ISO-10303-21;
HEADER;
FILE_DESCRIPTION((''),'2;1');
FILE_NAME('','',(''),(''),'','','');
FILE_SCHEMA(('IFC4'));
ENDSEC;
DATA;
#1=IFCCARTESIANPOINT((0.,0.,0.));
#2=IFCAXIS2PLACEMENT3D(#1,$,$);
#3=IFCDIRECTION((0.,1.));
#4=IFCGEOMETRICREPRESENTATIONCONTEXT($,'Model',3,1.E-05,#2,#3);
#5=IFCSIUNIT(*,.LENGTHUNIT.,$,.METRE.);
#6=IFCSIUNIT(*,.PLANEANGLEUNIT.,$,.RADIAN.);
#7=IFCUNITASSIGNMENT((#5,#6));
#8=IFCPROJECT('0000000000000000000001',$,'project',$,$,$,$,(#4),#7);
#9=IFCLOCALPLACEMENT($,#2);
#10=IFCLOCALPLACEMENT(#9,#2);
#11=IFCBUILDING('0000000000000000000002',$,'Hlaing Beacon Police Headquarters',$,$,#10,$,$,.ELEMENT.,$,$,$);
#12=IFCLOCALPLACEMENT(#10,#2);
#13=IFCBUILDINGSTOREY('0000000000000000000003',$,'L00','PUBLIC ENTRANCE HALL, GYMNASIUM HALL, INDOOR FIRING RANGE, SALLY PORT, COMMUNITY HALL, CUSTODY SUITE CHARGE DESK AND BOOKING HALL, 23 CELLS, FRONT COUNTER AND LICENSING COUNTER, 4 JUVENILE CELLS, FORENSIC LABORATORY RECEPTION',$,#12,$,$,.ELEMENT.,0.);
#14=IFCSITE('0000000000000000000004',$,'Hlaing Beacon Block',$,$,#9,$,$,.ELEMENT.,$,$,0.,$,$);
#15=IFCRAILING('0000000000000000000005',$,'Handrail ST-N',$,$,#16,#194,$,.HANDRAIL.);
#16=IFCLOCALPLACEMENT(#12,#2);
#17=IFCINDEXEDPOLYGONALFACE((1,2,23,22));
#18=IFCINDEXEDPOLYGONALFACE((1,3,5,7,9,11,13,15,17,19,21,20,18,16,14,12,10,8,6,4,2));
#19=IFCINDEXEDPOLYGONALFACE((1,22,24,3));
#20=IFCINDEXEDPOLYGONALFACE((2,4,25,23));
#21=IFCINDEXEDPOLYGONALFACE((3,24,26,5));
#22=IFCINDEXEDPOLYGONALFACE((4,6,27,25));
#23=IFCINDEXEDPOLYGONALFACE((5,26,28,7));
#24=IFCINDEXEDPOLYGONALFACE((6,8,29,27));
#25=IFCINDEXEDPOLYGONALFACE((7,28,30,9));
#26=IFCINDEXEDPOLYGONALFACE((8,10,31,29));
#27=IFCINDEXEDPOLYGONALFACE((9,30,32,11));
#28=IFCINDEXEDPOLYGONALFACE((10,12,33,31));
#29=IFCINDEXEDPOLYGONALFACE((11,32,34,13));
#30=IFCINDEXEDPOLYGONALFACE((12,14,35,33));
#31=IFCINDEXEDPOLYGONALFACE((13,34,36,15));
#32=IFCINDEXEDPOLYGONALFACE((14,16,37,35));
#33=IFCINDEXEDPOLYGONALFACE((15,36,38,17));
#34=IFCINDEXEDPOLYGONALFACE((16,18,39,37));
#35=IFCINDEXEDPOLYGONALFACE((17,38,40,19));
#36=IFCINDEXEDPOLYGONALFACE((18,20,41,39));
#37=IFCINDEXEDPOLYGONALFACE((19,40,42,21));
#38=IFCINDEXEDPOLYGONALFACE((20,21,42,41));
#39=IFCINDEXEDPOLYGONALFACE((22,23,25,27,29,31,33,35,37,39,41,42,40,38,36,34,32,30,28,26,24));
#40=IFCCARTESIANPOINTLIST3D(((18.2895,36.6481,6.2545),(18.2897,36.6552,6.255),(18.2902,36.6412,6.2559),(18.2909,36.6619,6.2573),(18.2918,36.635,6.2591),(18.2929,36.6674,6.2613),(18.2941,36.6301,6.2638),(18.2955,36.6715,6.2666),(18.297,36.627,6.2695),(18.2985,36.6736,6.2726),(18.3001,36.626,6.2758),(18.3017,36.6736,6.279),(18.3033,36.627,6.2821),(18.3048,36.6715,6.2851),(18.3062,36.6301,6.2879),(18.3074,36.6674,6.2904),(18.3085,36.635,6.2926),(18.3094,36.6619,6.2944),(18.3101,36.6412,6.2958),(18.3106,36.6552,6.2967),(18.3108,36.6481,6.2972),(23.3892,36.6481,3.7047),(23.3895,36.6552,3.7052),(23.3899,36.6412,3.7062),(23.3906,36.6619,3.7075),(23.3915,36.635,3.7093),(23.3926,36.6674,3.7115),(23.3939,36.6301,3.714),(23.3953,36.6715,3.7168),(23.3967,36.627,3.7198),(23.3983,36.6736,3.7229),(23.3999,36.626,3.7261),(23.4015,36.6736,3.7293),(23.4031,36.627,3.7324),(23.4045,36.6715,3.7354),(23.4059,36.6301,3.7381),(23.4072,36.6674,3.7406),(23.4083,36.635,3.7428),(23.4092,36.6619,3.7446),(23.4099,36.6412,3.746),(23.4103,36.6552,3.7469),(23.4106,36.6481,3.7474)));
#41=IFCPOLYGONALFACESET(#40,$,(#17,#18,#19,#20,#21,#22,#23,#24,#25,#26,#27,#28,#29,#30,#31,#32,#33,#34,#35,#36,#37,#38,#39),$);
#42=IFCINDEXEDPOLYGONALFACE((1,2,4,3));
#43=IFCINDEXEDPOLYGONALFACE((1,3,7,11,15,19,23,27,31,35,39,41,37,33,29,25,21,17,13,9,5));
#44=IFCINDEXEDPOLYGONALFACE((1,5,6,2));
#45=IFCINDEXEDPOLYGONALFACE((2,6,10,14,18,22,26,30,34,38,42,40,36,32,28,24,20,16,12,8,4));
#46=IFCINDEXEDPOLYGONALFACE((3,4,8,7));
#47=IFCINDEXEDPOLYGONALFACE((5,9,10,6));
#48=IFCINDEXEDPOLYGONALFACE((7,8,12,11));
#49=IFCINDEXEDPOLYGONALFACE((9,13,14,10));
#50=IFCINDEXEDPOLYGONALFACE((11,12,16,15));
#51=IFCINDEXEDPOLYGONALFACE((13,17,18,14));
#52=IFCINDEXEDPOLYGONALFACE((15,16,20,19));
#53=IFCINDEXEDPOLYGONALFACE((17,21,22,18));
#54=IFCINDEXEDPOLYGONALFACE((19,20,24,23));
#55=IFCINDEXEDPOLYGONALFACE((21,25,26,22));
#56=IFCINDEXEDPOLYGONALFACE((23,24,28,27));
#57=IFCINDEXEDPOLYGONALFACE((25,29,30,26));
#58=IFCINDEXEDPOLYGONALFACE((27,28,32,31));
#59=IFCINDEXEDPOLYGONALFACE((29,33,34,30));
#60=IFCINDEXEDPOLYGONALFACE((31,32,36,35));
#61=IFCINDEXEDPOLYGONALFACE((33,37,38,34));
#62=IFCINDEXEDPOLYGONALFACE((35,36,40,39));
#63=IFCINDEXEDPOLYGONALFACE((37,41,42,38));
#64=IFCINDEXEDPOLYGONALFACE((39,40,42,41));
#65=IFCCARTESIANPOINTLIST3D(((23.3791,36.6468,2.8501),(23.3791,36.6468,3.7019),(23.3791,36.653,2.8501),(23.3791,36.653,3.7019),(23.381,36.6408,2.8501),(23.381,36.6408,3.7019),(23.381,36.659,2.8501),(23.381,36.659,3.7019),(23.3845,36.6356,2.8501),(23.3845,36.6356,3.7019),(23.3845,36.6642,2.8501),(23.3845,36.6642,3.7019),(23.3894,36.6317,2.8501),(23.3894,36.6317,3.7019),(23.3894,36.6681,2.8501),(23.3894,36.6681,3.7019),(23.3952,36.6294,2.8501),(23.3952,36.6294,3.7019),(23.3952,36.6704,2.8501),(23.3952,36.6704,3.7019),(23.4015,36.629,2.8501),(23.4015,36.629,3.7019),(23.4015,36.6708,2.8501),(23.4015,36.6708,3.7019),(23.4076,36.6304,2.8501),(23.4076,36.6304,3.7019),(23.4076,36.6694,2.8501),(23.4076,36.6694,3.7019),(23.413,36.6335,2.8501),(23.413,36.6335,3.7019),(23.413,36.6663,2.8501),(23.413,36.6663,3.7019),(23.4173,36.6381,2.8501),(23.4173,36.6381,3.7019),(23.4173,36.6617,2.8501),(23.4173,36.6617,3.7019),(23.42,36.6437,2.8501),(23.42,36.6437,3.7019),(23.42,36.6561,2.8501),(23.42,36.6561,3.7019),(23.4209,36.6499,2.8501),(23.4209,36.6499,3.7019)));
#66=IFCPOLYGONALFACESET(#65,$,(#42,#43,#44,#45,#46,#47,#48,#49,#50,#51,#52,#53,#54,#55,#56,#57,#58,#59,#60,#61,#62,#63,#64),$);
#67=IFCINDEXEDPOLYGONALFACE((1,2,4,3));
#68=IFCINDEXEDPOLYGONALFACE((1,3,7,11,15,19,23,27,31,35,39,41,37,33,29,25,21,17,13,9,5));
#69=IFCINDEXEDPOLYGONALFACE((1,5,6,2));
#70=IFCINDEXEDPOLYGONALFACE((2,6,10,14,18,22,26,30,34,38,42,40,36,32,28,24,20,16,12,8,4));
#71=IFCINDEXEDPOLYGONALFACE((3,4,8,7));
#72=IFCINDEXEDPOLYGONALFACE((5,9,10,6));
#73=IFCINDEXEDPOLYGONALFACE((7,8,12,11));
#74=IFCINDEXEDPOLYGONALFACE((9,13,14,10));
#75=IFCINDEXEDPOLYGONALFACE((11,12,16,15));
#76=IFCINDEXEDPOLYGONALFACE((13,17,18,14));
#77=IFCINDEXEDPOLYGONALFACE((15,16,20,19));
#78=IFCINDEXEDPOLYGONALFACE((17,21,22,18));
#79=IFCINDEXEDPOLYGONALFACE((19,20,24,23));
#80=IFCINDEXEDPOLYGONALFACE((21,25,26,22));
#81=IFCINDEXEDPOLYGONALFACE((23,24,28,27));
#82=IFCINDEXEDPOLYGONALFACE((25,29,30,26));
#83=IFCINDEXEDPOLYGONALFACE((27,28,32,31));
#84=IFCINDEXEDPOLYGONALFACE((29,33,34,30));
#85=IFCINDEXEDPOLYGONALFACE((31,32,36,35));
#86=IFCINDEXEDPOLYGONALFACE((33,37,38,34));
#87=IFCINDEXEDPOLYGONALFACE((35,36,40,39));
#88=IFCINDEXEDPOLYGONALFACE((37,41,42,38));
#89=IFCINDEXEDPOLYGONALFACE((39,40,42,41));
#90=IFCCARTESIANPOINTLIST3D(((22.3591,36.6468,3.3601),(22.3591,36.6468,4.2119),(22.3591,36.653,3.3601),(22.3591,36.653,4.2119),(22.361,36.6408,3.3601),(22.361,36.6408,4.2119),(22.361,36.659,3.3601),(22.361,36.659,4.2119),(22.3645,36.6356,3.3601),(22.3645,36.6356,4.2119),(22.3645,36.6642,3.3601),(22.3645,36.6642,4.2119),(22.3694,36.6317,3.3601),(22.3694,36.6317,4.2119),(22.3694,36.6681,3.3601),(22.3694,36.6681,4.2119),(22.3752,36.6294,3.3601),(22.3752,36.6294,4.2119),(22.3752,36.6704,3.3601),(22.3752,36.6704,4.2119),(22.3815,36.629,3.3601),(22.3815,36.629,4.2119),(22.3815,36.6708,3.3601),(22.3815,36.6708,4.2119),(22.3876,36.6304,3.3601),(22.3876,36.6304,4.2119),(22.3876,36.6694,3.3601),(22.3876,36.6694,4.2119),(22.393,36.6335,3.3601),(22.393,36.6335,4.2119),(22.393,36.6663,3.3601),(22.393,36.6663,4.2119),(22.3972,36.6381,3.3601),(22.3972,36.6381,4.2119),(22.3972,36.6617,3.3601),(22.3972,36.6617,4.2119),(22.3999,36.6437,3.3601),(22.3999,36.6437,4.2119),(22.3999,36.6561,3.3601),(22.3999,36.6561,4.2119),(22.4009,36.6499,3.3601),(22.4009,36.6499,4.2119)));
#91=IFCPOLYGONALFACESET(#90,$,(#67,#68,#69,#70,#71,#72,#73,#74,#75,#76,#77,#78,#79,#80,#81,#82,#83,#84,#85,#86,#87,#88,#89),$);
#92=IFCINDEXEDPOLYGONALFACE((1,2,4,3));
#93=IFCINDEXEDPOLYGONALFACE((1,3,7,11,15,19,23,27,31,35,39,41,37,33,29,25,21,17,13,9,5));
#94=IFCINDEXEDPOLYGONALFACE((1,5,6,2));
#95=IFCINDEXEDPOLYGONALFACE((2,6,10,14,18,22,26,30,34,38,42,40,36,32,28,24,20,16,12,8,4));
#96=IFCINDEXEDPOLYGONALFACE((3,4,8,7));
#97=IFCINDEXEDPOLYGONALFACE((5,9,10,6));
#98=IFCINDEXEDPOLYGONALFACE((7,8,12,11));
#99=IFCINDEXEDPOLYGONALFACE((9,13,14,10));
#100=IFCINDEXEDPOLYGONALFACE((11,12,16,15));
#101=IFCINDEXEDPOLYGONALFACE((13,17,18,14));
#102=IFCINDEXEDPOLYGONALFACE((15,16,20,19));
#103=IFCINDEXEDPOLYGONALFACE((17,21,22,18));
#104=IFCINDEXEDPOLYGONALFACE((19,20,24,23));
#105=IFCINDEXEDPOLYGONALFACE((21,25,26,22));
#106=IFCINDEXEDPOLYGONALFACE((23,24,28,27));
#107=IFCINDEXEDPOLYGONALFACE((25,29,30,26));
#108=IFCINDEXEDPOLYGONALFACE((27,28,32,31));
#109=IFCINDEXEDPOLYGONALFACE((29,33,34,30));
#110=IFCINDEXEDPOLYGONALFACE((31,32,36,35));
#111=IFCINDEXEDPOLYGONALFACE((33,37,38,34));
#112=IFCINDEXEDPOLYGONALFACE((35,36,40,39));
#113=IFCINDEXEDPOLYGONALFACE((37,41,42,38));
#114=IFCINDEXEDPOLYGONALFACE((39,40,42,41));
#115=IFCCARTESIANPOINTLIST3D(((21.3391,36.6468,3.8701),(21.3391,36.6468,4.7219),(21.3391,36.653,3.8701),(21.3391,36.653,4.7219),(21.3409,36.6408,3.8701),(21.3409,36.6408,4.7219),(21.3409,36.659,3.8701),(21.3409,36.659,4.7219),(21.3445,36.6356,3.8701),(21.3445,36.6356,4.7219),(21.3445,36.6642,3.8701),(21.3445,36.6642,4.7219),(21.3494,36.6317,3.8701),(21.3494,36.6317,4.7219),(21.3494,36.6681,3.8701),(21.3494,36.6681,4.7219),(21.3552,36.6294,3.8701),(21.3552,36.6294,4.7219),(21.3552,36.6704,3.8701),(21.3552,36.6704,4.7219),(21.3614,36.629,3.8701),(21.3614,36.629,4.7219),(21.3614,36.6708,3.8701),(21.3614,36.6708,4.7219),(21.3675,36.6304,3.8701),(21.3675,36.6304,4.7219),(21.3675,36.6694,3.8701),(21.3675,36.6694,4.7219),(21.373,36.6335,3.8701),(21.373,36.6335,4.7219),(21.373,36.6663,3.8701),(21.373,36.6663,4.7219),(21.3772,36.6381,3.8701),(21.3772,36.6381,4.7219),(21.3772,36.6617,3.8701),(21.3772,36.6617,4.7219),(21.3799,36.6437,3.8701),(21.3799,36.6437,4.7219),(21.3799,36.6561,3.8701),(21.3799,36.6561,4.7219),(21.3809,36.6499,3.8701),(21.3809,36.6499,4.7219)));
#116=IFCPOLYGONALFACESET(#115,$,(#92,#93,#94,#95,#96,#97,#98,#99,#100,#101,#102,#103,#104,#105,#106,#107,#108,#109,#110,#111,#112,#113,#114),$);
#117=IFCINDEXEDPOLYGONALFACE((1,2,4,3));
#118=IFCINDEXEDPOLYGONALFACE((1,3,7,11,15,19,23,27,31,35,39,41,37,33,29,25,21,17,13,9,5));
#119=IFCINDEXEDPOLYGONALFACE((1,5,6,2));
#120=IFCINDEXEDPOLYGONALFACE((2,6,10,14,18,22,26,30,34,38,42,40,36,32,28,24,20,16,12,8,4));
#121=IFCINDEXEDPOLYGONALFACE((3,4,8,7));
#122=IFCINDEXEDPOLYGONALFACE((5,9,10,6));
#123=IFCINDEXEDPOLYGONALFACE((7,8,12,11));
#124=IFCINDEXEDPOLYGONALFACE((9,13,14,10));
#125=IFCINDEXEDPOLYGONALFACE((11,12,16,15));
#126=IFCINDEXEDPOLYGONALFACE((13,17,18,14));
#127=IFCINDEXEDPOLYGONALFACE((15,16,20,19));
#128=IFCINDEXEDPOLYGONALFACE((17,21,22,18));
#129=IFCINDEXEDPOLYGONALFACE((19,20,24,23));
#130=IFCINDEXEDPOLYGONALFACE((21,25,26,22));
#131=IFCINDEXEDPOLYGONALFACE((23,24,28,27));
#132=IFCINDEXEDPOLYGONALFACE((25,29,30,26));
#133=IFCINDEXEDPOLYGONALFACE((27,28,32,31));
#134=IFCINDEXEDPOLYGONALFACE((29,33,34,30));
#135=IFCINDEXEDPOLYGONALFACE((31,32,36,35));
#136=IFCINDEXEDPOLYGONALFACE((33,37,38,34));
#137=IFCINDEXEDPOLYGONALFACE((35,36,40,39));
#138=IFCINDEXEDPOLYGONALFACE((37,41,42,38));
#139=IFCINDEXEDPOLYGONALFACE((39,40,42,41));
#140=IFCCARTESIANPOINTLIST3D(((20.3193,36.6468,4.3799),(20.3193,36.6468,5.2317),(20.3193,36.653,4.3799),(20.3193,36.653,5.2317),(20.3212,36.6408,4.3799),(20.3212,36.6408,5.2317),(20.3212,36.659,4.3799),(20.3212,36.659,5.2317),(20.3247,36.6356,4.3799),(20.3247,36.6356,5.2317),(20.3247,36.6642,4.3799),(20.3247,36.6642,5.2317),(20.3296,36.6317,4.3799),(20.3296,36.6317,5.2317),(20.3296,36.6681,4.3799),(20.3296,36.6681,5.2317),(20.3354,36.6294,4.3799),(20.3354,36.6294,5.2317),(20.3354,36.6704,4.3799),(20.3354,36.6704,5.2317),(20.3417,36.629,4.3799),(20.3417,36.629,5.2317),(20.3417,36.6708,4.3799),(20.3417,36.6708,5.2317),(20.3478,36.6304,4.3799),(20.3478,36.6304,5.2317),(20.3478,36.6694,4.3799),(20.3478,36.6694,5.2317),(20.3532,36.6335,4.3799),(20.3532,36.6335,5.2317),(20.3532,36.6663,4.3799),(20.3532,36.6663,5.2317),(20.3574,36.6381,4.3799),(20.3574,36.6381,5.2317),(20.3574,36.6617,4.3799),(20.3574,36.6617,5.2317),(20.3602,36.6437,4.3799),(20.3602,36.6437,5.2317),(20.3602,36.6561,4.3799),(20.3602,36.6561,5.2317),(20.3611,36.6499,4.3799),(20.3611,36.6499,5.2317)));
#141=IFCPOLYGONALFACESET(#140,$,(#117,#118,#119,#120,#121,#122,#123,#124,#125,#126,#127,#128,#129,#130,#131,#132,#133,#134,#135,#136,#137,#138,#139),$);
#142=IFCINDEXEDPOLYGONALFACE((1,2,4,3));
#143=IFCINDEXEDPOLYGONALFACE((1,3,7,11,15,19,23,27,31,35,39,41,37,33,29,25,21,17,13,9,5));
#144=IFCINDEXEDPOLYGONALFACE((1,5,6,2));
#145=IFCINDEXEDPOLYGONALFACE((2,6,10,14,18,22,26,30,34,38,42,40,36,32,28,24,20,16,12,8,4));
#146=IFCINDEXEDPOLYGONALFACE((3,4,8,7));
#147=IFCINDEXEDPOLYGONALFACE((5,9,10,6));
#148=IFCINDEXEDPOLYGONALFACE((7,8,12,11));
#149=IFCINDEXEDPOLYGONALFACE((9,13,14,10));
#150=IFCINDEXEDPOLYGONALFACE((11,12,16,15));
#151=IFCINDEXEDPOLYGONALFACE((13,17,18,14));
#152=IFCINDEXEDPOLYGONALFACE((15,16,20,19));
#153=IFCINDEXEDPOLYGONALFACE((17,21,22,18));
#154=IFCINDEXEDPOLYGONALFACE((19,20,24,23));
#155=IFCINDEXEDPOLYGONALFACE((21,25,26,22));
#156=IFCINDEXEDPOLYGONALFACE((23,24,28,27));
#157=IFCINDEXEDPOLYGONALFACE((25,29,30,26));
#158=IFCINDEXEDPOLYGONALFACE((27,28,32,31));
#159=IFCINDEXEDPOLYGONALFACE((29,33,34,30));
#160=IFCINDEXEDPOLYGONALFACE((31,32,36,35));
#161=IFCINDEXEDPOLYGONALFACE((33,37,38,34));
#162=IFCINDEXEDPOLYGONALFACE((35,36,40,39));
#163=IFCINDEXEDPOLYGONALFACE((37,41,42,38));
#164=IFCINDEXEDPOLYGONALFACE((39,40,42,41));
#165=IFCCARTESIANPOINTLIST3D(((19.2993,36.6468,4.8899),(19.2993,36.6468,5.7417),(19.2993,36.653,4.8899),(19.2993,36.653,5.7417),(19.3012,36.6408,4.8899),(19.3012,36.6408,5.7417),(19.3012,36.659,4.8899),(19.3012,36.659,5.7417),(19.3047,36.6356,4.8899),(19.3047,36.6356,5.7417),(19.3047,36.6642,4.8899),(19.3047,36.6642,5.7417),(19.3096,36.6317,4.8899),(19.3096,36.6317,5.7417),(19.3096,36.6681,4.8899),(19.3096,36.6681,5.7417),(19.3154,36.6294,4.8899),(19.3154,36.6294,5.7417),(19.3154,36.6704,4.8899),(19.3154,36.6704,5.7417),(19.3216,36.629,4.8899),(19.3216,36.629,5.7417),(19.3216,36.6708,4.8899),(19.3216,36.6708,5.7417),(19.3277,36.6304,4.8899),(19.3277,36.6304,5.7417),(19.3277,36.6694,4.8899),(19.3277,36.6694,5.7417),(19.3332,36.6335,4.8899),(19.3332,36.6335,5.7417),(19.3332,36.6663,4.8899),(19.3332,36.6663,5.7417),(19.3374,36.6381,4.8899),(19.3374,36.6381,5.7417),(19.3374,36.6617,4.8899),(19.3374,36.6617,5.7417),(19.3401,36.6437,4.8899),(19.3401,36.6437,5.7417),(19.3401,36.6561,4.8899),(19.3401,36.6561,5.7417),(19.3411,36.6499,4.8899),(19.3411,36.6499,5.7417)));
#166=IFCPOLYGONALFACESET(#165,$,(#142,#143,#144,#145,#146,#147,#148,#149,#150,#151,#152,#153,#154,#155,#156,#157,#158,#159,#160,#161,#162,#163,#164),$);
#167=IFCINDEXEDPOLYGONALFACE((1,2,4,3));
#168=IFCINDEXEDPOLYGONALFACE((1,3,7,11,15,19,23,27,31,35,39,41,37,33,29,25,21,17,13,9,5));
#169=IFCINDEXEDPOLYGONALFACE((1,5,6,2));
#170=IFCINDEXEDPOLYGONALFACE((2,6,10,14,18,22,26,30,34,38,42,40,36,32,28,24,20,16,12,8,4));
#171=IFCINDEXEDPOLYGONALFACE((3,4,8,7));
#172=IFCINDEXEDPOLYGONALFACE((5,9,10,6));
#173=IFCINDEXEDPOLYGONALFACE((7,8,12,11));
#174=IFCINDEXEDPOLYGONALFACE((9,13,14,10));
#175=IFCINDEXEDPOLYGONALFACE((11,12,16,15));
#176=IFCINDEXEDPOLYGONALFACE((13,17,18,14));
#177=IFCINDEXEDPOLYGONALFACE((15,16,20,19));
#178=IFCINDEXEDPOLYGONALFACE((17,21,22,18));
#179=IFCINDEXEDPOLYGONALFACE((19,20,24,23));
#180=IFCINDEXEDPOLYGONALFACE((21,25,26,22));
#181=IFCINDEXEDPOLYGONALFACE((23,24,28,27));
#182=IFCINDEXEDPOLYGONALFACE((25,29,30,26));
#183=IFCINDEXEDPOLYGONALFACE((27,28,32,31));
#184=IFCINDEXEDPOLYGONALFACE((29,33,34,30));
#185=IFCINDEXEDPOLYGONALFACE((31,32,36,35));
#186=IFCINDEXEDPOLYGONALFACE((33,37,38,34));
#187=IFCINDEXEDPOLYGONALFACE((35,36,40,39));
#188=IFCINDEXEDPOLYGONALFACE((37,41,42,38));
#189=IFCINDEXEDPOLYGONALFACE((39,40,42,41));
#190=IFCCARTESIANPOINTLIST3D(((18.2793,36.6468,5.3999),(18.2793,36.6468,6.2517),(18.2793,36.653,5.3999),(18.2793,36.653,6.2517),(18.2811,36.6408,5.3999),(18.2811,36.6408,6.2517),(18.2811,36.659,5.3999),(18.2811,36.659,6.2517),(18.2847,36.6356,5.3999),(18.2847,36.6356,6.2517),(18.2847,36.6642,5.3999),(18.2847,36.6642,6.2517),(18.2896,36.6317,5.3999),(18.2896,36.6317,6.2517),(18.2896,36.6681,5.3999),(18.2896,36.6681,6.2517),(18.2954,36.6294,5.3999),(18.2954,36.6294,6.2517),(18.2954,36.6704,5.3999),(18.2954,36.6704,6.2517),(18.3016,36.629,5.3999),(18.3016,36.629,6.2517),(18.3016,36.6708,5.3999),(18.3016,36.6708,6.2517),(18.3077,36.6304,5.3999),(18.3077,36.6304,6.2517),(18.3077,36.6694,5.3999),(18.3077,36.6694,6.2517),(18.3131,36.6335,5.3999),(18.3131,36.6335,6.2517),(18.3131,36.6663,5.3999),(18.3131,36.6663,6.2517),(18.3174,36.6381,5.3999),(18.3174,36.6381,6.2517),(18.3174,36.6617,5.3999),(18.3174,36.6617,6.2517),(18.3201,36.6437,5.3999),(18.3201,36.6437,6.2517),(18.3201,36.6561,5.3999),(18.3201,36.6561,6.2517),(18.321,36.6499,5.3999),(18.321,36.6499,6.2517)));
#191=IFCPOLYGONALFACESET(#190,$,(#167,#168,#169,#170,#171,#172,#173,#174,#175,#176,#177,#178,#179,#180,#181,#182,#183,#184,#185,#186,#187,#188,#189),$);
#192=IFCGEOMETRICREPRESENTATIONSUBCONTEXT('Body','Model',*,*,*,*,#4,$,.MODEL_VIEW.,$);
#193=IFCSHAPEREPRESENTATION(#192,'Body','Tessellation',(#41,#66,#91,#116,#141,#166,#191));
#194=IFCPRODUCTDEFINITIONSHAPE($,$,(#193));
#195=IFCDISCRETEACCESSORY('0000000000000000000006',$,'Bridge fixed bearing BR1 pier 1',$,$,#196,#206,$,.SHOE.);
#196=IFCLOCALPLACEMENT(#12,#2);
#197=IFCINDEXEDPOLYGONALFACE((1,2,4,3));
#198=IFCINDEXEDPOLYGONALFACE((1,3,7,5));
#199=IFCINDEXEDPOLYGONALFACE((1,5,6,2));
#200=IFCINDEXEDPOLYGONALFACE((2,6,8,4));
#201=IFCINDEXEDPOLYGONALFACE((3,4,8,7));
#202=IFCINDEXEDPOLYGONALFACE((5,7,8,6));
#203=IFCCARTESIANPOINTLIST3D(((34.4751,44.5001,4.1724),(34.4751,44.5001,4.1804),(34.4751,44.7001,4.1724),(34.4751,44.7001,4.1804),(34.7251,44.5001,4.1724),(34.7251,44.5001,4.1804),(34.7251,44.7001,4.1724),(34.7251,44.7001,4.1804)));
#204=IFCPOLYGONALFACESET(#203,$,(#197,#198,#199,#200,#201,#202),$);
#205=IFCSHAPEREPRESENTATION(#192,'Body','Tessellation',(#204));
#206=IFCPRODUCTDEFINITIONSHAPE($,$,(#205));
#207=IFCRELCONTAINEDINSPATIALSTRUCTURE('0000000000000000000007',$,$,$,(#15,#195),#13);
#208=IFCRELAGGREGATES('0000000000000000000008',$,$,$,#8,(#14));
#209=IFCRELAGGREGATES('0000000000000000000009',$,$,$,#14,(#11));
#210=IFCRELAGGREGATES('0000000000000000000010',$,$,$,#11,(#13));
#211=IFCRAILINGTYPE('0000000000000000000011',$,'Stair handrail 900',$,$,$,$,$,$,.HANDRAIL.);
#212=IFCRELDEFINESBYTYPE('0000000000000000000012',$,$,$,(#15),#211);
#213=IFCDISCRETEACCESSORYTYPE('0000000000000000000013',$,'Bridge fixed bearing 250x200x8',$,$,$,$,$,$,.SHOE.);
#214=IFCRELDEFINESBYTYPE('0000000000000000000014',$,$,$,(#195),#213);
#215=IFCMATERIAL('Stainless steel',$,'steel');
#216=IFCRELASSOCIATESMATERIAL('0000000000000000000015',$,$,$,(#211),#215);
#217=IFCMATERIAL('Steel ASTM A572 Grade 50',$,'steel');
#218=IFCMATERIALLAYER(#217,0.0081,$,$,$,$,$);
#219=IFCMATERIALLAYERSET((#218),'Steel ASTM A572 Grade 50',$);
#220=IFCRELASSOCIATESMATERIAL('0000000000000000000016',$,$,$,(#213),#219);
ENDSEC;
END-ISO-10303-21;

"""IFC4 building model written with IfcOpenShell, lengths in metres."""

from ifc_helpers import new_model, si_unit, direction, frame, origin, origin_2d, place, context, subcontext, project, spatial, rectangle, circle, extrude, material, layer, layer_set, type_object, element, save


model = new_model("IFC4")

# Units and contexts
model_context = context("Model", 3, precision=1e-05, world=origin(), true_north=direction((0.0, 1.0)))
body_context = subcontext(model_context, "Body", "Model", "MODEL_VIEW")
ifc_project = project(units=[si_unit("LENGTHUNIT", "METRE"), si_unit("PLANEANGLEUNIT", "RADIAN")], contexts=[model_context])

# Site, building, storey
site_placement = place(None, origin())
site = spatial("IfcSite", under=ifc_project, at=site_placement, Name="Hlaing Beacon Block", CompositionType="ELEMENT", RefElevation=0.0)
building_placement = place(site_placement, origin())
building = spatial("IfcBuilding", under=site, at=building_placement, Name="Hlaing Beacon Police Headquarters", CompositionType="ELEMENT")
storey_placement = place(building_placement, origin())
storey = spatial("IfcBuildingStorey", under=building, at=storey_placement, Name="L00", Description="PUBLIC ENTRANCE HALL, GYMNASIUM HALL, INDOOR FIRING RANGE, SALLY PORT, COMMUNITY HALL, CUSTODY SUITE CHARGE DESK AND BOOKING HALL, 23 CELLS, FRONT COUNTER AND LICENSING COUNTER, 4 JUVENILE CELLS, FORENSIC LABORATORY RECEPTION", CompositionType="ELEMENT", Elevation=0.0)

# Railing
ifc_material_1 = material(Name="Stainless steel", Category="steel")
railing_type = type_object("IfcRailingType", Name="Stair handrail 900", PredefinedType="HANDRAIL", material=ifc_material_1)
for number, where, name in (
    (1, (23.3999, 36.6499, 2.8501), "Handrail ST-N"),
):
    element("IfcRailing", number, at=place(storey_placement, frame(where)), inside=storey, type_object=railing_type, Name=name, PredefinedType="HANDRAIL", context=body_context, shape_type="SweptSolid", body=[
        extrude(circle(Radius=0.0239, at=origin_2d()), frame((0.0, 0.0, 0.876), z_axis=(-0.894436, 0.0, 0.447196), x_axis=(0.0, -1.0, 0.0)), (0.0, 0.0, 1.0), 5.7017),
        extrude(circle(Radius=0.021, at=origin_2d()), origin(), (0.0, 0.0, 1.0), 0.8518),
        extrude(circle(Radius=0.021, at=origin_2d()), frame((-1.02, 0.0, 0.51)), (0.0, 0.0, 1.0), 0.8518),
        extrude(circle(Radius=0.021, at=origin_2d()), frame((-2.04, 0.0, 1.02)), (0.0, 0.0, 1.0), 0.8518),
        extrude(circle(Radius=0.021, at=origin_2d()), frame((-3.0598, 0.0, 1.5298)), (0.0, 0.0, 1.0), 0.8518),
        extrude(circle(Radius=0.021, at=origin_2d()), frame((-4.0798, 0.0, 2.0398)), (0.0, 0.0, 1.0), 0.8518),
        extrude(circle(Radius=0.021, at=origin_2d()), frame((-5.0999, 0.0, 2.5498)), (0.0, 0.0, 1.0), 0.8518),
    ])

# Discrete accessory
ifc_material_2 = material(Name="Steel ASTM A572 Grade 50", Category="steel")
ifc_layer_1 = layer(ifc_material_2, 0.0081)
ifc_layer_set_1 = layer_set([ifc_layer_1], Name="Steel ASTM A572 Grade 50")
discrete_accessory_type_1 = type_object("IfcDiscreteAccessoryType", Name="Bridge fixed bearing 250x200x8", PredefinedType="SHOE", material=ifc_layer_set_1)
discrete_accessory_1_placement = place(storey_placement, frame((34.6001, 44.6001, 4.1724), z_axis=(0.0, 0.0, 1.0), x_axis=(1.0, 0.0, 0.0)))
element("IfcDiscreteAccessory", 2, at=discrete_accessory_1_placement, inside=storey, type_object=discrete_accessory_type_1, Name="Bridge fixed bearing BR1 pier 1", PredefinedType="SHOE", context=body_context, shape_type="SweptSolid", body=[
    extrude(rectangle(XDim=0.25, YDim=0.2, at=origin_2d()), origin(), (0.0, 0.0, 1.0), 0.0081),
])

save(model, "model.ifc")
